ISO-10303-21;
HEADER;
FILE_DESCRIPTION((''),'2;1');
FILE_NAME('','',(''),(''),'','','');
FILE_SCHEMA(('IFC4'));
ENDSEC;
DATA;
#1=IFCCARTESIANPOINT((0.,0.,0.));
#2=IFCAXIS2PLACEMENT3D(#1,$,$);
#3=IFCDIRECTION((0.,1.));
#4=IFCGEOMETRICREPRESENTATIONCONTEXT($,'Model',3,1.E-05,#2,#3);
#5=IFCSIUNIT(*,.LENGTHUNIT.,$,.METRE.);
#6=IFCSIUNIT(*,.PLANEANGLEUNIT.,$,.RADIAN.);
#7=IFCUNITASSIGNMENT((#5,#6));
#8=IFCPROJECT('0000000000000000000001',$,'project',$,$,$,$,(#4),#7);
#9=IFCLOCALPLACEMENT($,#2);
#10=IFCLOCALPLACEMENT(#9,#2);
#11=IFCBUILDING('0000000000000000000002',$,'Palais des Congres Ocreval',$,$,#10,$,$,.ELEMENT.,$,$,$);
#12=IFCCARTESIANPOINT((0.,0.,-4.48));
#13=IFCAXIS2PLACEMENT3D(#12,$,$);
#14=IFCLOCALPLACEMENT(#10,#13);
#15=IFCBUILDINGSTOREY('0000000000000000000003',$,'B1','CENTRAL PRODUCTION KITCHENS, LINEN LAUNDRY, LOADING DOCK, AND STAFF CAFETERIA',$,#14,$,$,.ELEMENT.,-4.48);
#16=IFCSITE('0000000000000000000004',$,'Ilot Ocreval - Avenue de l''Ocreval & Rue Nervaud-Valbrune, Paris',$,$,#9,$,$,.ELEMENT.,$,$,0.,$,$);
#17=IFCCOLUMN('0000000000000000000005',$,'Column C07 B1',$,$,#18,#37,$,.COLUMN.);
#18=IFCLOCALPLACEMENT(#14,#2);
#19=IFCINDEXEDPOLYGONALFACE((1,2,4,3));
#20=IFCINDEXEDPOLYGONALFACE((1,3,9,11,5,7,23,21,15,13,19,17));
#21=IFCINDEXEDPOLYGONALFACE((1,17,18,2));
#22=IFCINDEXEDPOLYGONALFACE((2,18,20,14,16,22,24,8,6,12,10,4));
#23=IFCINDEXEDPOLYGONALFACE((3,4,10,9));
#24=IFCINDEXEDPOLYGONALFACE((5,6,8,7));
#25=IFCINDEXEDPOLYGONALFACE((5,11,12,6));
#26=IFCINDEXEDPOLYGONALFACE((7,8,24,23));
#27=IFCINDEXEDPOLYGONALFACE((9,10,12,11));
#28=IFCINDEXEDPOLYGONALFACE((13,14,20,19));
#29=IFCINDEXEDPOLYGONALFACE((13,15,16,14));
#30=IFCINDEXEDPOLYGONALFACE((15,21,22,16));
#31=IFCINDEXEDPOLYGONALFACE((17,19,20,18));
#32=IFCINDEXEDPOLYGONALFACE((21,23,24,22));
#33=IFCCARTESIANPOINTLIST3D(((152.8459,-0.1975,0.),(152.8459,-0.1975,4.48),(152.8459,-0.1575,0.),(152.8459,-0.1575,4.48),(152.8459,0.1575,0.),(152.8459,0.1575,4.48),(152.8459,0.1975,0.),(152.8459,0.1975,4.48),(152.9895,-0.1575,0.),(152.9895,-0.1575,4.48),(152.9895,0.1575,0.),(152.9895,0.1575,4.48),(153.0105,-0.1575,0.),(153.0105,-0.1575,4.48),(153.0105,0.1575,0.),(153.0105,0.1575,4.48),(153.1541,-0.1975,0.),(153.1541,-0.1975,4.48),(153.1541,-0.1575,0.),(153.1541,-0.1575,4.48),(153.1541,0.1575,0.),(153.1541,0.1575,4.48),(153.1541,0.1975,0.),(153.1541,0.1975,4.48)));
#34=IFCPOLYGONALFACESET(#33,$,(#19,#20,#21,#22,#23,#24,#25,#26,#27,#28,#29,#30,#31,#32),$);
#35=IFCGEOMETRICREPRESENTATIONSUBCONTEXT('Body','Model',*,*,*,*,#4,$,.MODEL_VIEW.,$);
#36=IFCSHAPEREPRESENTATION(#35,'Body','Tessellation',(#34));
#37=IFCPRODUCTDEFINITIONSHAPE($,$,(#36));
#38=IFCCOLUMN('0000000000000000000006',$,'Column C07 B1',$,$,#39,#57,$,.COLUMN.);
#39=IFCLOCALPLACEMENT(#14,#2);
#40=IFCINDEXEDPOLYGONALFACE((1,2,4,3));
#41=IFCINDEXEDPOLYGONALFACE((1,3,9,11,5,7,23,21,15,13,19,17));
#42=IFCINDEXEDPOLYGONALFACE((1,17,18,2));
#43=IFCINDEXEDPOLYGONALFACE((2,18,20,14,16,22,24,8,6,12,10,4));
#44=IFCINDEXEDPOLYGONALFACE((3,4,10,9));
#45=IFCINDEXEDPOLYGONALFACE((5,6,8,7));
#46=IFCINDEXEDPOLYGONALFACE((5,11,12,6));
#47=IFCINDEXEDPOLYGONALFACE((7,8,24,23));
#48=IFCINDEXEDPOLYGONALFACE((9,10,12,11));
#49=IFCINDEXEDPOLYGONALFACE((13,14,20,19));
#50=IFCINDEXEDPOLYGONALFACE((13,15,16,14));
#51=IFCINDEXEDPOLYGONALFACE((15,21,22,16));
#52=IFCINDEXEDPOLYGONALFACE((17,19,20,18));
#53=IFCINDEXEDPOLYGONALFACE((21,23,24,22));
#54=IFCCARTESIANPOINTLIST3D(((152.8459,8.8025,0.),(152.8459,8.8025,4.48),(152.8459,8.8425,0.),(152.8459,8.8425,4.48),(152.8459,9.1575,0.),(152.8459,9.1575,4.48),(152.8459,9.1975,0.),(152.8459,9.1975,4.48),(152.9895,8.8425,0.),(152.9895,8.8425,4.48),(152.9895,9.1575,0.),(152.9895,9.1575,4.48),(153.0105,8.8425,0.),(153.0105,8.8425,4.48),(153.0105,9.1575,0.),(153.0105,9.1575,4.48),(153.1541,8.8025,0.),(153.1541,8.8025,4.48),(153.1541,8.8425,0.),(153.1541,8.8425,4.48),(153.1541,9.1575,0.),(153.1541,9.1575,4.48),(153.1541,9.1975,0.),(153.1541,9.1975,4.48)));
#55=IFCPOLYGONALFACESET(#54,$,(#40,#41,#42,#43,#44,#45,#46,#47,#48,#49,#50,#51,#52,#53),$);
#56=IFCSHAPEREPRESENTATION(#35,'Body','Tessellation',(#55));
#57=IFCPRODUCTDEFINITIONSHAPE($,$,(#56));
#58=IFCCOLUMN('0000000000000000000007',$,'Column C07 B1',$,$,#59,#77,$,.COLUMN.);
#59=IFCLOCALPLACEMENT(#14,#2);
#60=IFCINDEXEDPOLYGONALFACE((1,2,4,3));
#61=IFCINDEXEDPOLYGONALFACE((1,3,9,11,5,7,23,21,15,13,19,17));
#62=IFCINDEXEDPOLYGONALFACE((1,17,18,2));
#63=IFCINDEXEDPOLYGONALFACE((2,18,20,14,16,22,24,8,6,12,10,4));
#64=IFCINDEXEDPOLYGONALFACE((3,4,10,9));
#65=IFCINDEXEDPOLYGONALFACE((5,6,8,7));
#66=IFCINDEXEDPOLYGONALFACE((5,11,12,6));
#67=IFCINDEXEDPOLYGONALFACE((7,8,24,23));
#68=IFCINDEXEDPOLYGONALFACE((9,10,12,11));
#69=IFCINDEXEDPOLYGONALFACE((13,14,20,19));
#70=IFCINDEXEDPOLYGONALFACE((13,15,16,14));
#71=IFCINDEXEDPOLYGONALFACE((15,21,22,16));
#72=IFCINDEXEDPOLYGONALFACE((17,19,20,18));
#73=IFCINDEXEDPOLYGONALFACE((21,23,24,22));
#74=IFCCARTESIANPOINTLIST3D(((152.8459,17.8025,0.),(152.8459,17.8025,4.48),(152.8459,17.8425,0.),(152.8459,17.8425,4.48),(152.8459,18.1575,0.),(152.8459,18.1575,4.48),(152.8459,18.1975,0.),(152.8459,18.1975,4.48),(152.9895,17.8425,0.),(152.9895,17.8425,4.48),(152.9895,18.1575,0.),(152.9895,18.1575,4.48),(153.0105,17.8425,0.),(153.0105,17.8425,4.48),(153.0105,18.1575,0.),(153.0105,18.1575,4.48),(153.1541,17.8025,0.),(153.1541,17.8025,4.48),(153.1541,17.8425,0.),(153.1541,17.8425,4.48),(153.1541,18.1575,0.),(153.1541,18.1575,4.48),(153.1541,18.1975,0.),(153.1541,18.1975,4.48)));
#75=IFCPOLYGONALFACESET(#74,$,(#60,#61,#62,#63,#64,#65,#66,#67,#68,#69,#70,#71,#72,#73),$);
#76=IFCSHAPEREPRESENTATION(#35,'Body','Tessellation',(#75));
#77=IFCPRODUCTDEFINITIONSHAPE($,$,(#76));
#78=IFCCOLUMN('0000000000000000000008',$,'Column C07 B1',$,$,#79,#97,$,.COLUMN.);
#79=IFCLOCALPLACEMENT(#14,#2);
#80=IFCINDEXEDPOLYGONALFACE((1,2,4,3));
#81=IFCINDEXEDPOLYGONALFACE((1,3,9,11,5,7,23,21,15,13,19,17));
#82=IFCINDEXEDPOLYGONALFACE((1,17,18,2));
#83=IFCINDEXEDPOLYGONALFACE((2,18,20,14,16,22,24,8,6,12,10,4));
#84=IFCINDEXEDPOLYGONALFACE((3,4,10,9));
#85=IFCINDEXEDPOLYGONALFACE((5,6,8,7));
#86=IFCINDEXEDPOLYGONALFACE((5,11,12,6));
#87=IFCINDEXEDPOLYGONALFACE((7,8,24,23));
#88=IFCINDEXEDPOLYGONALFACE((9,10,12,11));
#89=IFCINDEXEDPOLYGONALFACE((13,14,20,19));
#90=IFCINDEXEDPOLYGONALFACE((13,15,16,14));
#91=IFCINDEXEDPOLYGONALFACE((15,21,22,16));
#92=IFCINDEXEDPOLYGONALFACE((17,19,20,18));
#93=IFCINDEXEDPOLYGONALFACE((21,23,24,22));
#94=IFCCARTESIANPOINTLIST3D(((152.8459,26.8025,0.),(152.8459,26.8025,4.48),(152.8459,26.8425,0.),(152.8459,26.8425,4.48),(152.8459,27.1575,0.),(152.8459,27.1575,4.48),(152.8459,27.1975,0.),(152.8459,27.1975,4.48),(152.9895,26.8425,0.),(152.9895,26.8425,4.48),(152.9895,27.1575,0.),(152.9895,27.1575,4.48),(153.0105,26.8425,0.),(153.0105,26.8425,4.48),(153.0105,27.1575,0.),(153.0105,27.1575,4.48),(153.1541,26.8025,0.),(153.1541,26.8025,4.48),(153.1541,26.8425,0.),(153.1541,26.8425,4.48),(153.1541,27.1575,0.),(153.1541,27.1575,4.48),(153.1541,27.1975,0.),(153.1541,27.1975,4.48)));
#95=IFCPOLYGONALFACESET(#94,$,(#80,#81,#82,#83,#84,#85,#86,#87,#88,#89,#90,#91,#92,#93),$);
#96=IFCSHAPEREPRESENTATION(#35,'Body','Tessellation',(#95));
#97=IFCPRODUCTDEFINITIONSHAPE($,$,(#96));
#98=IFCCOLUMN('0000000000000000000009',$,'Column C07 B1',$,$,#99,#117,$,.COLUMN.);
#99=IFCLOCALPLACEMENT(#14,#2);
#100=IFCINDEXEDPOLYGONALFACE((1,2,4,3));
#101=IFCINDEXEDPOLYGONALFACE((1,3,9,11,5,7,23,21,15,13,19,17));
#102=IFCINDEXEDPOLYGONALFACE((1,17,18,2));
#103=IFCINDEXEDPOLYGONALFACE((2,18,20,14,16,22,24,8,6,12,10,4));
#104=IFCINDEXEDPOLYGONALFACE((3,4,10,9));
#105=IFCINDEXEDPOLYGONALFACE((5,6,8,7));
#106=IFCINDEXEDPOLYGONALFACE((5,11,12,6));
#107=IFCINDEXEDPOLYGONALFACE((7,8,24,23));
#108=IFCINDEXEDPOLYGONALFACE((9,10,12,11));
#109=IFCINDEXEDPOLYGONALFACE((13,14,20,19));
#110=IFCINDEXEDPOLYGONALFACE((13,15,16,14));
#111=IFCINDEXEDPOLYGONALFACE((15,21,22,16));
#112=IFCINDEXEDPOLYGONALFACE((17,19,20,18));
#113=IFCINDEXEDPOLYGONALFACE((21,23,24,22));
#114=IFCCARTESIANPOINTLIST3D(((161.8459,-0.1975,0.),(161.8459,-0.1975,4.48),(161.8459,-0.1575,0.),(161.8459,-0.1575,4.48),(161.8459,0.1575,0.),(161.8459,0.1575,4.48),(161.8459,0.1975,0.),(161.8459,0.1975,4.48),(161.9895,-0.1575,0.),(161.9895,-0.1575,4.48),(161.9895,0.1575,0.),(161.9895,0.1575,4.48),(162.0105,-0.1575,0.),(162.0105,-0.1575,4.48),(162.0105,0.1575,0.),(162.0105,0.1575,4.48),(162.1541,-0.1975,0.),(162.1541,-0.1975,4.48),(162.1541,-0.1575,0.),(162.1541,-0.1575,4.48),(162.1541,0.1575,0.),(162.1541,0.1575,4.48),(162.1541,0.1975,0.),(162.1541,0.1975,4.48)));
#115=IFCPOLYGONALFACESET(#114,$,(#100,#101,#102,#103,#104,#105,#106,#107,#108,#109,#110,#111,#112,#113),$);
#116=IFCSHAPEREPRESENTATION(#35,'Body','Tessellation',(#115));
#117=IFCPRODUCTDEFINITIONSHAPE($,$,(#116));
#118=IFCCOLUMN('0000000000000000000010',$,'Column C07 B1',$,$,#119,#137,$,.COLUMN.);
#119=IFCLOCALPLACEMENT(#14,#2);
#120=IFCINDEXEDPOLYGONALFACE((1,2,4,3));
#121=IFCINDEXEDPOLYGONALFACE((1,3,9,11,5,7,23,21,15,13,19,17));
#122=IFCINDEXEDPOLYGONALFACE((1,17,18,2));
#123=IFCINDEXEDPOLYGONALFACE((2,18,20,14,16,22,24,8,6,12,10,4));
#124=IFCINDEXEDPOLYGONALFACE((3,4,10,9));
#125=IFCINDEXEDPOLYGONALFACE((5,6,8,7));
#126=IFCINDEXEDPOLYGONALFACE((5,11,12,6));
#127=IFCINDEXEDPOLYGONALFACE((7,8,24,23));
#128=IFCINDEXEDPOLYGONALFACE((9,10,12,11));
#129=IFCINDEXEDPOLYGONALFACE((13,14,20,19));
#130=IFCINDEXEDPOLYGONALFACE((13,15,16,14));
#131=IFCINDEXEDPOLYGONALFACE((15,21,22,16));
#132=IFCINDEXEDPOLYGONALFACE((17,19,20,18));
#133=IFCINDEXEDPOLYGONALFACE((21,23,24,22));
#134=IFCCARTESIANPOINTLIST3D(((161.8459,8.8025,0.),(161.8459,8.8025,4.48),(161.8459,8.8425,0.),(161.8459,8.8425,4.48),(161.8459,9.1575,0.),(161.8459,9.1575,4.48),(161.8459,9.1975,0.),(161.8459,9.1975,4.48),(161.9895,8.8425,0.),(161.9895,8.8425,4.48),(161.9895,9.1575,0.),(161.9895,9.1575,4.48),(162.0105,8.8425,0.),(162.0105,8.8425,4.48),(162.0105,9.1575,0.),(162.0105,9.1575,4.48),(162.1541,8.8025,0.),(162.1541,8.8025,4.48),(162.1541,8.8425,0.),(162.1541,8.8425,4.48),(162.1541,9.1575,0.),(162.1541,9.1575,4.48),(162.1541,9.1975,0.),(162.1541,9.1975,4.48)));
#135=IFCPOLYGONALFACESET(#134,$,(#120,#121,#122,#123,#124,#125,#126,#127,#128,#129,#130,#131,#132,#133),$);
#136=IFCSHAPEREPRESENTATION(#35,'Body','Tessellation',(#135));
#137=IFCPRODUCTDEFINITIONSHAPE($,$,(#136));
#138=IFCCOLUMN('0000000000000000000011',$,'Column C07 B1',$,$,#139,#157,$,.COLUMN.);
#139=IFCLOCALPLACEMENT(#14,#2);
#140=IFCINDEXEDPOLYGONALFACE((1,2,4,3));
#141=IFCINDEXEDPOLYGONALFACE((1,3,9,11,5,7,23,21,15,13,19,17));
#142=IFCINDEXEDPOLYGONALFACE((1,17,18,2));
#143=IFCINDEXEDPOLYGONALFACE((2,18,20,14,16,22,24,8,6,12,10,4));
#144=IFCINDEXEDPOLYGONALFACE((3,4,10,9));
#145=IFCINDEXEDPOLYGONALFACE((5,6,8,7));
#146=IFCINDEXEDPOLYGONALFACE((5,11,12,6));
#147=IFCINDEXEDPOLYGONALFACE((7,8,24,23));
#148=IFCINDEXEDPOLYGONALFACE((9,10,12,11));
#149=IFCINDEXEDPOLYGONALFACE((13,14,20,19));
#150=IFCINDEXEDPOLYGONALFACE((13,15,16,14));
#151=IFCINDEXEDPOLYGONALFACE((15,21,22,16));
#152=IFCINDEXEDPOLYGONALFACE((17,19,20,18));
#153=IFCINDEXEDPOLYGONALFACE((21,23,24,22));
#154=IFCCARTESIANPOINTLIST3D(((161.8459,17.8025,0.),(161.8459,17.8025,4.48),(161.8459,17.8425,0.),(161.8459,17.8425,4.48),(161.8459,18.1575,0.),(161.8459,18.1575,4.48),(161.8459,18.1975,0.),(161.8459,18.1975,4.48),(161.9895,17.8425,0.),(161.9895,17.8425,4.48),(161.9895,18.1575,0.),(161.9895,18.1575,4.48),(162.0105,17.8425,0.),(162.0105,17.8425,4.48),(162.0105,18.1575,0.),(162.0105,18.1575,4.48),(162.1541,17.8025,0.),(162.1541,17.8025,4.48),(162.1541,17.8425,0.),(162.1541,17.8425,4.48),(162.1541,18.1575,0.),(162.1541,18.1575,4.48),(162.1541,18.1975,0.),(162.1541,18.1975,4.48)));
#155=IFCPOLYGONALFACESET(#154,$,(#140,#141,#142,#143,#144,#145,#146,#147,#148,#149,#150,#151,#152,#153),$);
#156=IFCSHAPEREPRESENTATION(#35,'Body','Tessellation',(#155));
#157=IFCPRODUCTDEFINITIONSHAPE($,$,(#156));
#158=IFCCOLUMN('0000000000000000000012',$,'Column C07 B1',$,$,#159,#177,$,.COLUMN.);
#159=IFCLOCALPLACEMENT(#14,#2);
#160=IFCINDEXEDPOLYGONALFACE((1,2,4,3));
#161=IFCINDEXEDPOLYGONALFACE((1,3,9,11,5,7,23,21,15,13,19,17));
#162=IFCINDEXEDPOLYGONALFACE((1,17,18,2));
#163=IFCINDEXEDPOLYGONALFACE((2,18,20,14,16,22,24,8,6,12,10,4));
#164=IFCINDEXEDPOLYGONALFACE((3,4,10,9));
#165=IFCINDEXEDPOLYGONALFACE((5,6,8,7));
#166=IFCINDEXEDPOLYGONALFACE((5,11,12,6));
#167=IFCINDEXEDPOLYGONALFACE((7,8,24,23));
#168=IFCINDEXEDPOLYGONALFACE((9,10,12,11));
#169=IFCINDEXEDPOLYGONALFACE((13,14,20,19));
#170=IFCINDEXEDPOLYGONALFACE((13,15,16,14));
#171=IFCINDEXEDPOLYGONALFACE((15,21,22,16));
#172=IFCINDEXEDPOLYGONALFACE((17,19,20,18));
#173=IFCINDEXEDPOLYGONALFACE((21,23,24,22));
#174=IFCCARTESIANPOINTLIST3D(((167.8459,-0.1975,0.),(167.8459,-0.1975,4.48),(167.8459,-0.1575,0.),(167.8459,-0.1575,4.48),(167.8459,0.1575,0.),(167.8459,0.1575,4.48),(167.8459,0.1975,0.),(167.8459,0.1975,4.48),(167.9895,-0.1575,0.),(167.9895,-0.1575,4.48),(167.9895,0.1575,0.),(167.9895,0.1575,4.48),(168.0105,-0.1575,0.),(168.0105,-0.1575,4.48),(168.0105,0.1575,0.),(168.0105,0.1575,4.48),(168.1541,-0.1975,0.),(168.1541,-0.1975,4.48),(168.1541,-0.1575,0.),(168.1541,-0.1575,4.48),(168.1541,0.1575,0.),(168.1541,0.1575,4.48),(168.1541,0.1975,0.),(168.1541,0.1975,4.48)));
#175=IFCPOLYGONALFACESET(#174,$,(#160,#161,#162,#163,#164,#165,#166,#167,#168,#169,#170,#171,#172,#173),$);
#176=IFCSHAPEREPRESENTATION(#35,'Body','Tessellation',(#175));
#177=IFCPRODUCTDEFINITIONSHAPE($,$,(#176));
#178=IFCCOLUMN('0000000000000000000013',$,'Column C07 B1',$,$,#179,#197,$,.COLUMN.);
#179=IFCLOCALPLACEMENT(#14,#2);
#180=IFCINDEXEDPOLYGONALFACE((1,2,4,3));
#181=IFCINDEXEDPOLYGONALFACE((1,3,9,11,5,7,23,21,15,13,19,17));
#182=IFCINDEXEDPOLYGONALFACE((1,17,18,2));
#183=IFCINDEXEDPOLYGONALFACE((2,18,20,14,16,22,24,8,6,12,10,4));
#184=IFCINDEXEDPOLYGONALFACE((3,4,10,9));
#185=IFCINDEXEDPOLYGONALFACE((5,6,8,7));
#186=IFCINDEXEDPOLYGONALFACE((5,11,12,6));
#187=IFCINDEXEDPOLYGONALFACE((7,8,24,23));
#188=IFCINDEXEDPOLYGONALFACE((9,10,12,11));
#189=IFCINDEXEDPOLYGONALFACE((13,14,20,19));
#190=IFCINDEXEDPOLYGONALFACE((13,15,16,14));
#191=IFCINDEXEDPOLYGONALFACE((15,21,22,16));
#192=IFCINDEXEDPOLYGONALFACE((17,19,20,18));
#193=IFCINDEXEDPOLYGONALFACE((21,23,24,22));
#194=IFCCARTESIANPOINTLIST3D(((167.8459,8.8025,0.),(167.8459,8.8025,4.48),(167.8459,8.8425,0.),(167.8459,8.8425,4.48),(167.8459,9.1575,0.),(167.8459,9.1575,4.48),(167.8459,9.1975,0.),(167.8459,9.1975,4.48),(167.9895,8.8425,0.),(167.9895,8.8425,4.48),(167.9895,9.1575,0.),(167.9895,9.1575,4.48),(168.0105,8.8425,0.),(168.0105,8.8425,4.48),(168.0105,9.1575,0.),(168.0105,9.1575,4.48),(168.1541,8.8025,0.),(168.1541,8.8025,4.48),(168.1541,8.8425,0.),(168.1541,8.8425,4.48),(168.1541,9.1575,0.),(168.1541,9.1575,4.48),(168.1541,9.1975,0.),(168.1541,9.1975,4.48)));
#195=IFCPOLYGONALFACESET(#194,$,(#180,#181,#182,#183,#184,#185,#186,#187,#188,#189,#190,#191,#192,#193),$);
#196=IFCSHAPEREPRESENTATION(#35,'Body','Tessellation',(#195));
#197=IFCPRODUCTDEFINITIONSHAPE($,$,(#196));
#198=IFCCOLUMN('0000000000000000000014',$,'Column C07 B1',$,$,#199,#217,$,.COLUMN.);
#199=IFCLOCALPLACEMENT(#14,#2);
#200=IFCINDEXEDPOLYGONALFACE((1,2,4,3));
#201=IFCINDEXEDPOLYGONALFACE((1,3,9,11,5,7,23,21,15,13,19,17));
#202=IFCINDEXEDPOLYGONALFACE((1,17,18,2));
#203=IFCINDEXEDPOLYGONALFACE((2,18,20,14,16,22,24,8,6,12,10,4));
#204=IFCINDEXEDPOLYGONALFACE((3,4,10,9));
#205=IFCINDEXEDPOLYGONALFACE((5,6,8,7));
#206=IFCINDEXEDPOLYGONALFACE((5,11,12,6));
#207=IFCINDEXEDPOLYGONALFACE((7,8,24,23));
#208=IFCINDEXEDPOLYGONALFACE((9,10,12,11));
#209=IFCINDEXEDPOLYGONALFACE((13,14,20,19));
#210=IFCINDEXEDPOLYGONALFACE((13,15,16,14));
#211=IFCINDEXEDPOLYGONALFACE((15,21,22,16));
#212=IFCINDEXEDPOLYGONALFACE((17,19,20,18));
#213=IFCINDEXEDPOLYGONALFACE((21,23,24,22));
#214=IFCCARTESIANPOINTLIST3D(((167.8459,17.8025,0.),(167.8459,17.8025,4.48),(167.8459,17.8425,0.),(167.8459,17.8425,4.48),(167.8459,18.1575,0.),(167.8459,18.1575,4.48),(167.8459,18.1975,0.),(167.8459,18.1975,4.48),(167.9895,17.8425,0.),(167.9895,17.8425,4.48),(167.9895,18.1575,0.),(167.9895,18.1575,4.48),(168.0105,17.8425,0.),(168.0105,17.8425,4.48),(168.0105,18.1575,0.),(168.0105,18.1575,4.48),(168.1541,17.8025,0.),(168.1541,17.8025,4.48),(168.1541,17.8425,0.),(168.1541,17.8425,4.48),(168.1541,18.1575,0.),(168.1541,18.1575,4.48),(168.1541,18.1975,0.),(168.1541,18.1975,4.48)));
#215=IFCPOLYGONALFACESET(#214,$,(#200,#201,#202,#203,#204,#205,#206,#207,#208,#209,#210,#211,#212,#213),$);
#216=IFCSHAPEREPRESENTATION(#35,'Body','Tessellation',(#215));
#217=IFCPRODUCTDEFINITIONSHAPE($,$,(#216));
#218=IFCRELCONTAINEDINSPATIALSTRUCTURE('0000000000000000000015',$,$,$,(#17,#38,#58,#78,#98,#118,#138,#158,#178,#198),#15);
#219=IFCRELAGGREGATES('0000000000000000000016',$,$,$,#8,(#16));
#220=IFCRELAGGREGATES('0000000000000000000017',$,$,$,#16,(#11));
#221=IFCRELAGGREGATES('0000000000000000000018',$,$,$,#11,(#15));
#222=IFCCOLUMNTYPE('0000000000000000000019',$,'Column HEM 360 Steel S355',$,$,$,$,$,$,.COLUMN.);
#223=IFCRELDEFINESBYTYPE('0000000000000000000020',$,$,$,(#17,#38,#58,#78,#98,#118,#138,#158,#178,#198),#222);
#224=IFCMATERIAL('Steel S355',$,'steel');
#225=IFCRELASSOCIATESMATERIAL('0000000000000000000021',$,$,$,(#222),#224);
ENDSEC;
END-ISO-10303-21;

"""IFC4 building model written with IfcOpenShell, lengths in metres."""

from ifc_helpers import new_model, si_unit, direction, frame, origin, origin_2d, place, context, subcontext, project, spatial, i_section, extrude, material, material_profile, profile_set, type_object, element, save


model = new_model("IFC4")

# Units and contexts
model_context = context("Model", 3, precision=1e-05, world=origin(), true_north=direction((0.0, 1.0)))
body_context = subcontext(model_context, "Body", "Model", "MODEL_VIEW")
ifc_project = project(units=[si_unit("LENGTHUNIT", "METRE"), si_unit("PLANEANGLEUNIT", "RADIAN")], contexts=[model_context])

# Site, building, storey
site_placement = place(None, origin())
site = spatial("IfcSite", under=ifc_project, at=site_placement, Name="Ilot Ocreval - Avenue de l'Ocreval & Rue Nervaud-Valbrune, Paris", CompositionType="ELEMENT", RefElevation=0.0)
building_placement = place(site_placement, origin())
building = spatial("IfcBuilding", under=site, at=building_placement, Name="Palais des Congres Ocreval", CompositionType="ELEMENT")
storey_placement = place(building_placement, frame((0.0, 0.0, -4.48)))
storey = spatial("IfcBuildingStorey", under=building, at=storey_placement, Name="B1", Description="CENTRAL PRODUCTION KITCHENS, LINEN LAUNDRY, LOADING DOCK, AND STAFF CAFETERIA", CompositionType="ELEMENT", Elevation=-4.48)

# Columns
ifc_material_1 = material(Name="Steel S355", Category="steel")
ifc_material_profile_1 = material_profile(ifc_material_1, i_section(OverallWidth=0.3081, OverallDepth=0.395, WebThickness=0.021, FlangeThickness=0.04, at=origin_2d()), Name="HEM 360")
ifc_profile_set_1 = profile_set([ifc_material_profile_1], Name="Steel S355")
column_type = type_object("IfcColumnType", Name="Column HEM 360 Steel S355", PredefinedType="COLUMN", material=ifc_profile_set_1)
for number, where, z_axis, x_axis, name in (
    (1, (153.0, 0.0, 0.0), (0.0, 0.0, 1.0), (1.0, 0.0, 0.0), "Column C07 B1"),
    (2, (153.0, 9.0, 0.0), (0.0, 0.0, 1.0), (1.0, 0.0, 0.0), "Column C07 B1"),
    (3, (153.0, 18.0, 0.0), (0.0, 0.0, 1.0), (1.0, 0.0, 0.0), "Column C07 B1"),
    (4, (153.0, 27.0, 0.0), (0.0, 0.0, 1.0), (1.0, 0.0, 0.0), "Column C07 B1"),
    (5, (162.0, 0.0, 0.0), (0.0, 0.0, 1.0), (1.0, 0.0, 0.0), "Column C07 B1"),
    (6, (162.0, 9.0, 0.0), (0.0, 0.0, 1.0), (1.0, 0.0, 0.0), "Column C07 B1"),
    (7, (162.0, 18.0, 0.0), (0.0, 0.0, 1.0), (1.0, 0.0, 0.0), "Column C07 B1"),
    (8, (168.0, 0.0, 0.0), (0.0, 0.0, 1.0), (1.0, 0.0, 0.0), "Column C07 B1"),
    (9, (168.0, 9.0, 0.0), (0.0, 0.0, 1.0), (1.0, 0.0, 0.0), "Column C07 B1"),
    (10, (168.0, 18.0, 0.0), (0.0, 0.0, 1.0), (1.0, 0.0, 0.0), "Column C07 B1"),
):
    element("IfcColumn", number, at=place(storey_placement, frame(where, z_axis=z_axis, x_axis=x_axis)), inside=storey, type_object=column_type, Name=name, PredefinedType="COLUMN", context=body_context, shape_type="SweptSolid", body=[
        extrude(i_section(OverallWidth=0.3081, OverallDepth=0.395, WebThickness=0.021, FlangeThickness=0.04, at=origin_2d()), origin(), (0.0, 0.0, 1.0), 4.48),
    ])

save(model, "model.ifc")
